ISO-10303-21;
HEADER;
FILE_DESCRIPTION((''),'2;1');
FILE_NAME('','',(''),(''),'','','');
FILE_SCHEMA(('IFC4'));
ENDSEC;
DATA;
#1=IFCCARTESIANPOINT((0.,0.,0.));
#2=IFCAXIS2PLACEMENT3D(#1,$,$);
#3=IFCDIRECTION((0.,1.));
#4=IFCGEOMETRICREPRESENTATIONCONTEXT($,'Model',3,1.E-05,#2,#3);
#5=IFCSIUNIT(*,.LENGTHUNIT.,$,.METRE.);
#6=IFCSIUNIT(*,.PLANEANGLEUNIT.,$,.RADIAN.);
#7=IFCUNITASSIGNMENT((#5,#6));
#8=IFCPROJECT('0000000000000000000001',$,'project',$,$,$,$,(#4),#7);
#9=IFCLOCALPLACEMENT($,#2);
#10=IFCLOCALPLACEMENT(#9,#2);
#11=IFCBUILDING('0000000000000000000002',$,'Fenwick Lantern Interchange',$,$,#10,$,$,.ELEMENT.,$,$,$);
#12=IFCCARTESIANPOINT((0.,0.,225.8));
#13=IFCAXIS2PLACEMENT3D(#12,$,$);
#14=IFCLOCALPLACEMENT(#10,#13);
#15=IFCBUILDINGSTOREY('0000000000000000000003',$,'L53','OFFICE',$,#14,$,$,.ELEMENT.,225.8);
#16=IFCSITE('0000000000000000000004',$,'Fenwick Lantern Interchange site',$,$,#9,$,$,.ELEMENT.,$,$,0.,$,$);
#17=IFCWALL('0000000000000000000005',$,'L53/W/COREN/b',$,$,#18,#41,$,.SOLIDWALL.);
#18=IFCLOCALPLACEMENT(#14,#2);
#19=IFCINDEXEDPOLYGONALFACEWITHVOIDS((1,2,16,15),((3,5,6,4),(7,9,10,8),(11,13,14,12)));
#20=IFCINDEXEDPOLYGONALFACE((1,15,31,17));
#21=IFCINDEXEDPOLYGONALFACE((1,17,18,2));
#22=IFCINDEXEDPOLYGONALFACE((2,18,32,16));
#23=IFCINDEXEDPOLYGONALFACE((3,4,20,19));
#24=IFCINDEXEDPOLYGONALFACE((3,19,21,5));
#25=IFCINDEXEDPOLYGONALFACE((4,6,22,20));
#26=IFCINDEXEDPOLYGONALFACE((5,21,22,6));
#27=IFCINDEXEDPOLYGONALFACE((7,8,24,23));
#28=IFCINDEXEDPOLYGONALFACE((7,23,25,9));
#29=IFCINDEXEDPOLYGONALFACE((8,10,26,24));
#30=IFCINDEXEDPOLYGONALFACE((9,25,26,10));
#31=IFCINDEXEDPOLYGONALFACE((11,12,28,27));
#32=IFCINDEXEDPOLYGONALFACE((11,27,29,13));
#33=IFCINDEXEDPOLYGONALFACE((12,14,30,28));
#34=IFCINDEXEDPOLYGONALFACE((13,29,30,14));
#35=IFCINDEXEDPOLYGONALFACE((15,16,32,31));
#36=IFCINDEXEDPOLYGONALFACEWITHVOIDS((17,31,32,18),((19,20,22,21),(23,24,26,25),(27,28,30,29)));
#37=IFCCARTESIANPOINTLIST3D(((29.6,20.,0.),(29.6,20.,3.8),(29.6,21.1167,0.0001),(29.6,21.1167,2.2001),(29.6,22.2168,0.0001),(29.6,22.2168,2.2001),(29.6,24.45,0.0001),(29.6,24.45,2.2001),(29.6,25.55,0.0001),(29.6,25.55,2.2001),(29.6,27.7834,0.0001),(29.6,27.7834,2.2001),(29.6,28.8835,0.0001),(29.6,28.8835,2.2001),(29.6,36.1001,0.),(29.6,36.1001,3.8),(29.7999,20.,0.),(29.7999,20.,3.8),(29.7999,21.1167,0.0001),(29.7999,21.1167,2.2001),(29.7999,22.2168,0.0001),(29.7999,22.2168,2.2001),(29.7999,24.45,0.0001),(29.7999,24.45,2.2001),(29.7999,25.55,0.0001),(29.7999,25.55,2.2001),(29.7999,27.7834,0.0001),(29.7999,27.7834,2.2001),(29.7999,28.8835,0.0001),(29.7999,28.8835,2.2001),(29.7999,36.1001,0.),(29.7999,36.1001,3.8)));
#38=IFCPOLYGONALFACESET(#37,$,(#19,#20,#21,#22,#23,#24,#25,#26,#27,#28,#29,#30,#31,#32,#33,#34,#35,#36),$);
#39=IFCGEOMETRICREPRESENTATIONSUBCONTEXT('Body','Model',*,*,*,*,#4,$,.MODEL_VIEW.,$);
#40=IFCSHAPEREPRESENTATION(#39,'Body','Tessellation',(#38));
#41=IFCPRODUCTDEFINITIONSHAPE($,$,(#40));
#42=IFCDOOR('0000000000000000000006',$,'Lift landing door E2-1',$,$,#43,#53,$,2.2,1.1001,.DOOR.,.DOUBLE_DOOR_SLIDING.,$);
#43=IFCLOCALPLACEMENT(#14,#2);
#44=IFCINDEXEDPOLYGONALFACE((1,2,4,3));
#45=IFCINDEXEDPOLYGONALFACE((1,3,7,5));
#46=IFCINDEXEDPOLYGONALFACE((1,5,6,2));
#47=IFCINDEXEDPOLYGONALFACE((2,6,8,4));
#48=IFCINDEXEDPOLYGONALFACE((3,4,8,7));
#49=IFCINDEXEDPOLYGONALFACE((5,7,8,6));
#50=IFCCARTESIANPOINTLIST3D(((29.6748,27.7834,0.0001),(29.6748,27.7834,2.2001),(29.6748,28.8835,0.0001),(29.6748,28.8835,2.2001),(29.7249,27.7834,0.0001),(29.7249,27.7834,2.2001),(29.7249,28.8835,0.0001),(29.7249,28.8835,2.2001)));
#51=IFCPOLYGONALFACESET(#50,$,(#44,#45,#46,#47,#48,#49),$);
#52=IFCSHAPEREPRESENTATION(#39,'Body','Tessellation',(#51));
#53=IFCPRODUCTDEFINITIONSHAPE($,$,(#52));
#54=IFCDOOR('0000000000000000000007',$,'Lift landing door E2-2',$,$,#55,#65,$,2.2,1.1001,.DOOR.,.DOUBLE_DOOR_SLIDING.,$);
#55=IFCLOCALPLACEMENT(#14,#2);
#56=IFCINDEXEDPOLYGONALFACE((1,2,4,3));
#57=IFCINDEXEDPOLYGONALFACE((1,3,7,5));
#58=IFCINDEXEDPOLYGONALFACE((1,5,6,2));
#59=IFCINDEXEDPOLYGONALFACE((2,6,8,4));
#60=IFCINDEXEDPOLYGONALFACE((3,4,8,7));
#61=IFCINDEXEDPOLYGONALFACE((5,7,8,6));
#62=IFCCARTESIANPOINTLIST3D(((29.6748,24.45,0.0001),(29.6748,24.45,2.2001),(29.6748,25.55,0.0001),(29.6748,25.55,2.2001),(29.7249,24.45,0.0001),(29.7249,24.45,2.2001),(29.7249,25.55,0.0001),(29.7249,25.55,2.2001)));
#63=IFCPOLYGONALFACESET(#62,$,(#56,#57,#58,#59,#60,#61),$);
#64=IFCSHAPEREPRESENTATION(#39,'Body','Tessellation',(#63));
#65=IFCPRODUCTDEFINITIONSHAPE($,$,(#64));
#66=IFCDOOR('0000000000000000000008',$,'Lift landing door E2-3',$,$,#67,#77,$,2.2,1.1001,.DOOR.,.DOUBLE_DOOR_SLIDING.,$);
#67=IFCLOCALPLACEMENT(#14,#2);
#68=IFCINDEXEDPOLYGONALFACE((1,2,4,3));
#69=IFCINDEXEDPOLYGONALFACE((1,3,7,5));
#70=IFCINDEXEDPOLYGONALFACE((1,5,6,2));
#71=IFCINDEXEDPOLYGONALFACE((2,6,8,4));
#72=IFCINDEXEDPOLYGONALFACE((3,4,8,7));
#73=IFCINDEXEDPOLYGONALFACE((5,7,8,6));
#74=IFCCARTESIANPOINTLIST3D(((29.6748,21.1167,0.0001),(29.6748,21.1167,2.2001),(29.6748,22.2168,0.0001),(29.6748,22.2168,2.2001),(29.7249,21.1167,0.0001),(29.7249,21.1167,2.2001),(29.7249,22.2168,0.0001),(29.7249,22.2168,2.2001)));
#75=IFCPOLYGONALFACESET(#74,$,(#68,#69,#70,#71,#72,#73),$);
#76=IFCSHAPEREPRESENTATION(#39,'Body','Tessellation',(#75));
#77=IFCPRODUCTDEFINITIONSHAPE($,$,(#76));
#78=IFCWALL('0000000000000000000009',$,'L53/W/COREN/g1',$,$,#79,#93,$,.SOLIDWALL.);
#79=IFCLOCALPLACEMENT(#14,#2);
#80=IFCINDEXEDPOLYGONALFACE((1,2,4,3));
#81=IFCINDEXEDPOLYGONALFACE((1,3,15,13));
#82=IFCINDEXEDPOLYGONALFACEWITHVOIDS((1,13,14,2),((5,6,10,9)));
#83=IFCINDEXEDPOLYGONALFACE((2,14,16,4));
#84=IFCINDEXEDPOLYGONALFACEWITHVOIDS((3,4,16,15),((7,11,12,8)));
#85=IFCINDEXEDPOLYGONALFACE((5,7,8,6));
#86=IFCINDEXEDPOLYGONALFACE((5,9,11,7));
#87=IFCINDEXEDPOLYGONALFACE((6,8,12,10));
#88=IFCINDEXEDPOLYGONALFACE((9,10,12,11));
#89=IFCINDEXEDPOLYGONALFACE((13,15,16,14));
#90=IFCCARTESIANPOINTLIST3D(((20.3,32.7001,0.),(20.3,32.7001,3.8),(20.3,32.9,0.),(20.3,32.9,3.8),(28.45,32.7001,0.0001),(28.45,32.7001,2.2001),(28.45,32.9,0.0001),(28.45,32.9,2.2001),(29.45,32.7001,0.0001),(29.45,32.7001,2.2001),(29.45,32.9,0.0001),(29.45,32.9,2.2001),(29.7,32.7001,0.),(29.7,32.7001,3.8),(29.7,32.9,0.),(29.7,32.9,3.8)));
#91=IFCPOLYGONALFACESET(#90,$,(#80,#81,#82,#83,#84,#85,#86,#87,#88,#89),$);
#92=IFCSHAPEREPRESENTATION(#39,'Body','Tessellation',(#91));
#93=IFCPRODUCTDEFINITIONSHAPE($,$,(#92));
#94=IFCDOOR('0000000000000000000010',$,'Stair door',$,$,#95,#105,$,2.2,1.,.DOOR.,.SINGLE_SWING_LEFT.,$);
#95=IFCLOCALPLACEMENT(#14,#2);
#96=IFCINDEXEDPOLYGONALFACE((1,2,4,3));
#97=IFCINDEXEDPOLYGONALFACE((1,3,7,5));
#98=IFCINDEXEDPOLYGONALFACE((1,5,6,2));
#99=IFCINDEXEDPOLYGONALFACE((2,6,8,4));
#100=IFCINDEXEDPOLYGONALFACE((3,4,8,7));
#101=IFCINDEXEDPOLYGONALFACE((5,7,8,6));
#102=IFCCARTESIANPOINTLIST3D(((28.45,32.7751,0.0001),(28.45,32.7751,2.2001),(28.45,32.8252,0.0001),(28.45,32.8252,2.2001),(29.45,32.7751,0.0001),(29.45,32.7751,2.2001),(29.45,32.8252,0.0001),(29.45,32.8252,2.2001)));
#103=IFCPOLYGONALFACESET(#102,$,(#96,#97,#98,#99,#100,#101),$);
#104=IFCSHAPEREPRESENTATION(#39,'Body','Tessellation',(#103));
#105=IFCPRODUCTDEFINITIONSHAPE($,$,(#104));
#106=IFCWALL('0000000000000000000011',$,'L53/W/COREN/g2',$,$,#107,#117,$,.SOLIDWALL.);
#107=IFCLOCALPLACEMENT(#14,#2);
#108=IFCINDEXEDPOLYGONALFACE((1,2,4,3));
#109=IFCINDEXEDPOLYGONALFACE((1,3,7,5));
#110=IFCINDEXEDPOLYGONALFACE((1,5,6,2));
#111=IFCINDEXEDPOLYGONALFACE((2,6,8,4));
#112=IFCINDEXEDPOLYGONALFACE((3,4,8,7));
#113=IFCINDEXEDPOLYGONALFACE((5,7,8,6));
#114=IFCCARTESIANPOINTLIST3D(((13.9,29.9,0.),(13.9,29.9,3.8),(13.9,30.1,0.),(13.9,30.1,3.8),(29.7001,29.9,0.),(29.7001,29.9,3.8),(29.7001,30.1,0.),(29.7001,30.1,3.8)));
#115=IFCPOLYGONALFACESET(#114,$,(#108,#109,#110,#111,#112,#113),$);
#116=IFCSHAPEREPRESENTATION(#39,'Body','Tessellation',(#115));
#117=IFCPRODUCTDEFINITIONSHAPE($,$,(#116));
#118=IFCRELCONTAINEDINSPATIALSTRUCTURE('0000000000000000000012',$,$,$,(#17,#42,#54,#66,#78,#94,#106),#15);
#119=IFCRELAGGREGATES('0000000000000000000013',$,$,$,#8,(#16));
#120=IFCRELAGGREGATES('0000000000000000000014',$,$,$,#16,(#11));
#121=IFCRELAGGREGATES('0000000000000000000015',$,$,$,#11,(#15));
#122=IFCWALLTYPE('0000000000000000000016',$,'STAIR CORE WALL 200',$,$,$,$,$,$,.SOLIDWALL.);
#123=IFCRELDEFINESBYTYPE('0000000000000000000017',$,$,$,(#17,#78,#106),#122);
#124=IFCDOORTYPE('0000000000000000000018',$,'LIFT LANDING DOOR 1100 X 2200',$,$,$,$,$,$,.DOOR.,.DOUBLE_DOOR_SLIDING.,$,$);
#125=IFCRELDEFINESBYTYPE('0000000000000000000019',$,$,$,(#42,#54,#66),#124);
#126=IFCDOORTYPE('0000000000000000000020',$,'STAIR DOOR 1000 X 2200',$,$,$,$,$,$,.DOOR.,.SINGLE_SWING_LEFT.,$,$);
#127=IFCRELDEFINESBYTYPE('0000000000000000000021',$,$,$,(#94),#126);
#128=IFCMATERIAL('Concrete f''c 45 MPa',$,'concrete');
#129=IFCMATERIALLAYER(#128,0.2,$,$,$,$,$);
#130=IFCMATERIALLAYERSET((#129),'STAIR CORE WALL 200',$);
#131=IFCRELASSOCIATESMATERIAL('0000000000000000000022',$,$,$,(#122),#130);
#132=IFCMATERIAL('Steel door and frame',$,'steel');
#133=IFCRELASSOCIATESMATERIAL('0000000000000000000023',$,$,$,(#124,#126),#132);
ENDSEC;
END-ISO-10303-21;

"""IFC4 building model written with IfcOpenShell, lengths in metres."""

from ifc_helpers import new_model, si_unit, direction, frame, frame_2d, origin, place, context, subcontext, project, spatial, rectangle, extrude, material, layer, layer_set, type_object, element, fill, save


model = new_model("IFC4")

# Units and contexts
model_context = context("Model", 3, precision=1e-05, world=origin(), true_north=direction((0.0, 1.0)))
body_context = subcontext(model_context, "Body", "Model", "MODEL_VIEW")
ifc_project = project(units=[si_unit("LENGTHUNIT", "METRE"), si_unit("PLANEANGLEUNIT", "RADIAN")], contexts=[model_context])

# Site, building, storey
site_placement = place(None, origin())
site = spatial("IfcSite", under=ifc_project, at=site_placement, Name="Fenwick Lantern Interchange site", CompositionType="ELEMENT", RefElevation=0.0)
building_placement = place(site_placement, origin())
building = spatial("IfcBuilding", under=site, at=building_placement, Name="Fenwick Lantern Interchange", CompositionType="ELEMENT")
storey_placement = place(building_placement, frame((0.0, 0.0, 225.8)))
storey = spatial("IfcBuildingStorey", under=building, at=storey_placement, Name="L53", Description="OFFICE", CompositionType="ELEMENT", Elevation=225.8)

# Shared definitions
ifc_material_1 = material(Name="Steel door and frame", Category="steel")

# Wall, openings, doors
ifc_material_2 = material(Name="Concrete f'c 45 MPa", Category="concrete")
ifc_layer_1 = layer(ifc_material_2, 0.2)
ifc_layer_set_1 = layer_set([ifc_layer_1], Name="STAIR CORE WALL 200")
wall_type_1 = type_object("IfcWallType", Name="STAIR CORE WALL 200", PredefinedType="SOLIDWALL", material=ifc_layer_set_1)
wall_1_placement = place(storey_placement, frame((29.7, 36.1001, 0.0), z_axis=(0.0, 0.0, 1.0), x_axis=(0.0, -1.0, 0.0)))
wall_1 = element("IfcWall", 1, at=wall_1_placement, inside=storey, type_object=wall_type_1, Name="L53/W/COREN/b", PredefinedType="SOLIDWALL", context=body_context, shape_type="SweptSolid", body=[
    extrude(rectangle(XDim=16.1001, YDim=0.2, at=frame_2d((8.05, 0.0))), origin(), (0.0, 0.0, 1.0), 3.8),
])
opening_1_placement = place(wall_1_placement, frame((7.2166, 0.0, 0.0)))
opening_1 = element("IfcOpeningElement", 2, at=opening_1_placement, cuts=wall_1, PredefinedType="OPENING", context=body_context, shape_type="SweptSolid", body=[
    extrude(rectangle(XDim=1.1001, YDim=2.2, at=frame_2d((0.55, 1.1001))), frame((0.0, 0.1099, 0.0), z_axis=(0.0, -1.0, 0.0), x_axis=(1.0, 0.0, 0.0)), (0.0, 0.0, 1.0), 0.22),
])
opening_2_placement = place(wall_1_placement, frame((10.55, 0.0, 0.0)))
opening_2 = element("IfcOpeningElement", 3, at=opening_2_placement, cuts=wall_1, PredefinedType="OPENING", context=body_context, shape_type="SweptSolid", body=[
    extrude(rectangle(XDim=1.1001, YDim=2.2, at=frame_2d((0.55, 1.1001))), frame((0.0, 0.1099, 0.0), z_axis=(0.0, -1.0, 0.0), x_axis=(1.0, 0.0, 0.0)), (0.0, 0.0, 1.0), 0.22),
])
opening_3_placement = place(wall_1_placement, frame((13.8833, 0.0, 0.0)))
opening_3 = element("IfcOpeningElement", 4, at=opening_3_placement, cuts=wall_1, PredefinedType="OPENING", context=body_context, shape_type="SweptSolid", body=[
    extrude(rectangle(XDim=1.1001, YDim=2.2, at=frame_2d((0.55, 1.1001))), frame((0.0, 0.1099, 0.0), z_axis=(0.0, -1.0, 0.0), x_axis=(1.0, 0.0, 0.0)), (0.0, 0.0, 1.0), 0.22),
])
door_type_1 = type_object("IfcDoorType", Name="LIFT LANDING DOOR 1100 X 2200", OperationType="DOUBLE_DOOR_SLIDING", PredefinedType="DOOR", material=ifc_material_1)
door_1_placement = place(opening_1_placement, origin())
door_1 = element("IfcDoor", 5, at=door_1_placement, inside=storey, type_object=door_type_1, Name="Lift landing door E2-1", OperationType="DOUBLE_DOOR_SLIDING", OverallHeight=2.2, OverallWidth=1.1001, PredefinedType="DOOR", context=body_context, shape_type="SweptSolid", body=[
    extrude(rectangle(XDim=1.1001, YDim=2.2, at=frame_2d((0.55, 1.1001))), frame((0.0, 0.0249, 0.0), z_axis=(0.0, -1.0, 0.0), x_axis=(1.0, 0.0, 0.0)), (0.0, 0.0, 1.0), 0.05),
])
fill(opening_1, door_1)
door_2_placement = place(opening_2_placement, origin())
door_2 = element("IfcDoor", 6, at=door_2_placement, inside=storey, type_object=door_type_1, Name="Lift landing door E2-2", OperationType="DOUBLE_DOOR_SLIDING", OverallHeight=2.2, OverallWidth=1.1001, PredefinedType="DOOR", context=body_context, shape_type="SweptSolid", body=[
    extrude(rectangle(XDim=1.1001, YDim=2.2, at=frame_2d((0.55, 1.1001))), frame((0.0, 0.0249, 0.0), z_axis=(0.0, -1.0, 0.0), x_axis=(1.0, 0.0, 0.0)), (0.0, 0.0, 1.0), 0.05),
])
fill(opening_2, door_2)
door_3_placement = place(opening_3_placement, origin())
door_3 = element("IfcDoor", 7, at=door_3_placement, inside=storey, type_object=door_type_1, Name="Lift landing door E2-3", OperationType="DOUBLE_DOOR_SLIDING", OverallHeight=2.2, OverallWidth=1.1001, PredefinedType="DOOR", context=body_context, shape_type="SweptSolid", body=[
    extrude(rectangle(XDim=1.1001, YDim=2.2, at=frame_2d((0.55, 1.1001))), frame((0.0, 0.0249, 0.0), z_axis=(0.0, -1.0, 0.0), x_axis=(1.0, 0.0, 0.0)), (0.0, 0.0, 1.0), 0.05),
])
fill(opening_3, door_3)

# Wall, opening, door
wall_2_placement = place(storey_placement, frame((29.7, 32.8, 0.0), z_axis=(0.0, 0.0, 1.0), x_axis=(-1.0, 0.0, 0.0)))
wall_2 = element("IfcWall", 8, at=wall_2_placement, inside=storey, type_object=wall_type_1, Name="L53/W/COREN/g1", PredefinedType="SOLIDWALL", context=body_context, shape_type="SweptSolid", body=[
    extrude(rectangle(XDim=9.3999, YDim=0.2, at=frame_2d((4.7, 0.0))), origin(), (0.0, 0.0, 1.0), 3.8),
])
opening_4_placement = place(wall_2_placement, frame((0.25, 0.0, 0.0)))
opening_4 = element("IfcOpeningElement", 9, at=opening_4_placement, cuts=wall_2, PredefinedType="OPENING", context=body_context, shape_type="SweptSolid", body=[
    extrude(rectangle(XDim=1.0, YDim=2.2, at=frame_2d((0.5, 1.1001))), frame((0.0, 0.1099, 0.0), z_axis=(0.0, -1.0, 0.0), x_axis=(1.0, 0.0, 0.0)), (0.0, 0.0, 1.0), 0.22),
])
door_type_2 = type_object("IfcDoorType", Name="STAIR DOOR 1000 X 2200", OperationType="SINGLE_SWING_LEFT", PredefinedType="DOOR", material=ifc_material_1)
door_4_placement = place(opening_4_placement, origin())
door_4 = element("IfcDoor", 10, at=door_4_placement, inside=storey, type_object=door_type_2, Name="Stair door", OperationType="SINGLE_SWING_LEFT", OverallHeight=2.2, OverallWidth=1.0, PredefinedType="DOOR", context=body_context, shape_type="SweptSolid", body=[
    extrude(rectangle(XDim=1.0, YDim=2.2, at=frame_2d((0.5, 1.1001))), frame((0.0, 0.0249, 0.0), z_axis=(0.0, -1.0, 0.0), x_axis=(1.0, 0.0, 0.0)), (0.0, 0.0, 1.0), 0.05),
])
fill(opening_4, door_4)

# Wall
wall_3_placement = place(storey_placement, frame((29.7, 30.0, 0.0), z_axis=(0.0, 0.0, 1.0), x_axis=(-1.0, 0.0, 0.0)))
element("IfcWall", 11, at=wall_3_placement, inside=storey, type_object=wall_type_1, Name="L53/W/COREN/g2", PredefinedType="SOLIDWALL", context=body_context, shape_type="SweptSolid", body=[
    extrude(rectangle(XDim=15.8, YDim=0.2, at=frame_2d((7.8999, 0.0))), origin(), (0.0, 0.0, 1.0), 3.8),
])

save(model, "model.ifc")
